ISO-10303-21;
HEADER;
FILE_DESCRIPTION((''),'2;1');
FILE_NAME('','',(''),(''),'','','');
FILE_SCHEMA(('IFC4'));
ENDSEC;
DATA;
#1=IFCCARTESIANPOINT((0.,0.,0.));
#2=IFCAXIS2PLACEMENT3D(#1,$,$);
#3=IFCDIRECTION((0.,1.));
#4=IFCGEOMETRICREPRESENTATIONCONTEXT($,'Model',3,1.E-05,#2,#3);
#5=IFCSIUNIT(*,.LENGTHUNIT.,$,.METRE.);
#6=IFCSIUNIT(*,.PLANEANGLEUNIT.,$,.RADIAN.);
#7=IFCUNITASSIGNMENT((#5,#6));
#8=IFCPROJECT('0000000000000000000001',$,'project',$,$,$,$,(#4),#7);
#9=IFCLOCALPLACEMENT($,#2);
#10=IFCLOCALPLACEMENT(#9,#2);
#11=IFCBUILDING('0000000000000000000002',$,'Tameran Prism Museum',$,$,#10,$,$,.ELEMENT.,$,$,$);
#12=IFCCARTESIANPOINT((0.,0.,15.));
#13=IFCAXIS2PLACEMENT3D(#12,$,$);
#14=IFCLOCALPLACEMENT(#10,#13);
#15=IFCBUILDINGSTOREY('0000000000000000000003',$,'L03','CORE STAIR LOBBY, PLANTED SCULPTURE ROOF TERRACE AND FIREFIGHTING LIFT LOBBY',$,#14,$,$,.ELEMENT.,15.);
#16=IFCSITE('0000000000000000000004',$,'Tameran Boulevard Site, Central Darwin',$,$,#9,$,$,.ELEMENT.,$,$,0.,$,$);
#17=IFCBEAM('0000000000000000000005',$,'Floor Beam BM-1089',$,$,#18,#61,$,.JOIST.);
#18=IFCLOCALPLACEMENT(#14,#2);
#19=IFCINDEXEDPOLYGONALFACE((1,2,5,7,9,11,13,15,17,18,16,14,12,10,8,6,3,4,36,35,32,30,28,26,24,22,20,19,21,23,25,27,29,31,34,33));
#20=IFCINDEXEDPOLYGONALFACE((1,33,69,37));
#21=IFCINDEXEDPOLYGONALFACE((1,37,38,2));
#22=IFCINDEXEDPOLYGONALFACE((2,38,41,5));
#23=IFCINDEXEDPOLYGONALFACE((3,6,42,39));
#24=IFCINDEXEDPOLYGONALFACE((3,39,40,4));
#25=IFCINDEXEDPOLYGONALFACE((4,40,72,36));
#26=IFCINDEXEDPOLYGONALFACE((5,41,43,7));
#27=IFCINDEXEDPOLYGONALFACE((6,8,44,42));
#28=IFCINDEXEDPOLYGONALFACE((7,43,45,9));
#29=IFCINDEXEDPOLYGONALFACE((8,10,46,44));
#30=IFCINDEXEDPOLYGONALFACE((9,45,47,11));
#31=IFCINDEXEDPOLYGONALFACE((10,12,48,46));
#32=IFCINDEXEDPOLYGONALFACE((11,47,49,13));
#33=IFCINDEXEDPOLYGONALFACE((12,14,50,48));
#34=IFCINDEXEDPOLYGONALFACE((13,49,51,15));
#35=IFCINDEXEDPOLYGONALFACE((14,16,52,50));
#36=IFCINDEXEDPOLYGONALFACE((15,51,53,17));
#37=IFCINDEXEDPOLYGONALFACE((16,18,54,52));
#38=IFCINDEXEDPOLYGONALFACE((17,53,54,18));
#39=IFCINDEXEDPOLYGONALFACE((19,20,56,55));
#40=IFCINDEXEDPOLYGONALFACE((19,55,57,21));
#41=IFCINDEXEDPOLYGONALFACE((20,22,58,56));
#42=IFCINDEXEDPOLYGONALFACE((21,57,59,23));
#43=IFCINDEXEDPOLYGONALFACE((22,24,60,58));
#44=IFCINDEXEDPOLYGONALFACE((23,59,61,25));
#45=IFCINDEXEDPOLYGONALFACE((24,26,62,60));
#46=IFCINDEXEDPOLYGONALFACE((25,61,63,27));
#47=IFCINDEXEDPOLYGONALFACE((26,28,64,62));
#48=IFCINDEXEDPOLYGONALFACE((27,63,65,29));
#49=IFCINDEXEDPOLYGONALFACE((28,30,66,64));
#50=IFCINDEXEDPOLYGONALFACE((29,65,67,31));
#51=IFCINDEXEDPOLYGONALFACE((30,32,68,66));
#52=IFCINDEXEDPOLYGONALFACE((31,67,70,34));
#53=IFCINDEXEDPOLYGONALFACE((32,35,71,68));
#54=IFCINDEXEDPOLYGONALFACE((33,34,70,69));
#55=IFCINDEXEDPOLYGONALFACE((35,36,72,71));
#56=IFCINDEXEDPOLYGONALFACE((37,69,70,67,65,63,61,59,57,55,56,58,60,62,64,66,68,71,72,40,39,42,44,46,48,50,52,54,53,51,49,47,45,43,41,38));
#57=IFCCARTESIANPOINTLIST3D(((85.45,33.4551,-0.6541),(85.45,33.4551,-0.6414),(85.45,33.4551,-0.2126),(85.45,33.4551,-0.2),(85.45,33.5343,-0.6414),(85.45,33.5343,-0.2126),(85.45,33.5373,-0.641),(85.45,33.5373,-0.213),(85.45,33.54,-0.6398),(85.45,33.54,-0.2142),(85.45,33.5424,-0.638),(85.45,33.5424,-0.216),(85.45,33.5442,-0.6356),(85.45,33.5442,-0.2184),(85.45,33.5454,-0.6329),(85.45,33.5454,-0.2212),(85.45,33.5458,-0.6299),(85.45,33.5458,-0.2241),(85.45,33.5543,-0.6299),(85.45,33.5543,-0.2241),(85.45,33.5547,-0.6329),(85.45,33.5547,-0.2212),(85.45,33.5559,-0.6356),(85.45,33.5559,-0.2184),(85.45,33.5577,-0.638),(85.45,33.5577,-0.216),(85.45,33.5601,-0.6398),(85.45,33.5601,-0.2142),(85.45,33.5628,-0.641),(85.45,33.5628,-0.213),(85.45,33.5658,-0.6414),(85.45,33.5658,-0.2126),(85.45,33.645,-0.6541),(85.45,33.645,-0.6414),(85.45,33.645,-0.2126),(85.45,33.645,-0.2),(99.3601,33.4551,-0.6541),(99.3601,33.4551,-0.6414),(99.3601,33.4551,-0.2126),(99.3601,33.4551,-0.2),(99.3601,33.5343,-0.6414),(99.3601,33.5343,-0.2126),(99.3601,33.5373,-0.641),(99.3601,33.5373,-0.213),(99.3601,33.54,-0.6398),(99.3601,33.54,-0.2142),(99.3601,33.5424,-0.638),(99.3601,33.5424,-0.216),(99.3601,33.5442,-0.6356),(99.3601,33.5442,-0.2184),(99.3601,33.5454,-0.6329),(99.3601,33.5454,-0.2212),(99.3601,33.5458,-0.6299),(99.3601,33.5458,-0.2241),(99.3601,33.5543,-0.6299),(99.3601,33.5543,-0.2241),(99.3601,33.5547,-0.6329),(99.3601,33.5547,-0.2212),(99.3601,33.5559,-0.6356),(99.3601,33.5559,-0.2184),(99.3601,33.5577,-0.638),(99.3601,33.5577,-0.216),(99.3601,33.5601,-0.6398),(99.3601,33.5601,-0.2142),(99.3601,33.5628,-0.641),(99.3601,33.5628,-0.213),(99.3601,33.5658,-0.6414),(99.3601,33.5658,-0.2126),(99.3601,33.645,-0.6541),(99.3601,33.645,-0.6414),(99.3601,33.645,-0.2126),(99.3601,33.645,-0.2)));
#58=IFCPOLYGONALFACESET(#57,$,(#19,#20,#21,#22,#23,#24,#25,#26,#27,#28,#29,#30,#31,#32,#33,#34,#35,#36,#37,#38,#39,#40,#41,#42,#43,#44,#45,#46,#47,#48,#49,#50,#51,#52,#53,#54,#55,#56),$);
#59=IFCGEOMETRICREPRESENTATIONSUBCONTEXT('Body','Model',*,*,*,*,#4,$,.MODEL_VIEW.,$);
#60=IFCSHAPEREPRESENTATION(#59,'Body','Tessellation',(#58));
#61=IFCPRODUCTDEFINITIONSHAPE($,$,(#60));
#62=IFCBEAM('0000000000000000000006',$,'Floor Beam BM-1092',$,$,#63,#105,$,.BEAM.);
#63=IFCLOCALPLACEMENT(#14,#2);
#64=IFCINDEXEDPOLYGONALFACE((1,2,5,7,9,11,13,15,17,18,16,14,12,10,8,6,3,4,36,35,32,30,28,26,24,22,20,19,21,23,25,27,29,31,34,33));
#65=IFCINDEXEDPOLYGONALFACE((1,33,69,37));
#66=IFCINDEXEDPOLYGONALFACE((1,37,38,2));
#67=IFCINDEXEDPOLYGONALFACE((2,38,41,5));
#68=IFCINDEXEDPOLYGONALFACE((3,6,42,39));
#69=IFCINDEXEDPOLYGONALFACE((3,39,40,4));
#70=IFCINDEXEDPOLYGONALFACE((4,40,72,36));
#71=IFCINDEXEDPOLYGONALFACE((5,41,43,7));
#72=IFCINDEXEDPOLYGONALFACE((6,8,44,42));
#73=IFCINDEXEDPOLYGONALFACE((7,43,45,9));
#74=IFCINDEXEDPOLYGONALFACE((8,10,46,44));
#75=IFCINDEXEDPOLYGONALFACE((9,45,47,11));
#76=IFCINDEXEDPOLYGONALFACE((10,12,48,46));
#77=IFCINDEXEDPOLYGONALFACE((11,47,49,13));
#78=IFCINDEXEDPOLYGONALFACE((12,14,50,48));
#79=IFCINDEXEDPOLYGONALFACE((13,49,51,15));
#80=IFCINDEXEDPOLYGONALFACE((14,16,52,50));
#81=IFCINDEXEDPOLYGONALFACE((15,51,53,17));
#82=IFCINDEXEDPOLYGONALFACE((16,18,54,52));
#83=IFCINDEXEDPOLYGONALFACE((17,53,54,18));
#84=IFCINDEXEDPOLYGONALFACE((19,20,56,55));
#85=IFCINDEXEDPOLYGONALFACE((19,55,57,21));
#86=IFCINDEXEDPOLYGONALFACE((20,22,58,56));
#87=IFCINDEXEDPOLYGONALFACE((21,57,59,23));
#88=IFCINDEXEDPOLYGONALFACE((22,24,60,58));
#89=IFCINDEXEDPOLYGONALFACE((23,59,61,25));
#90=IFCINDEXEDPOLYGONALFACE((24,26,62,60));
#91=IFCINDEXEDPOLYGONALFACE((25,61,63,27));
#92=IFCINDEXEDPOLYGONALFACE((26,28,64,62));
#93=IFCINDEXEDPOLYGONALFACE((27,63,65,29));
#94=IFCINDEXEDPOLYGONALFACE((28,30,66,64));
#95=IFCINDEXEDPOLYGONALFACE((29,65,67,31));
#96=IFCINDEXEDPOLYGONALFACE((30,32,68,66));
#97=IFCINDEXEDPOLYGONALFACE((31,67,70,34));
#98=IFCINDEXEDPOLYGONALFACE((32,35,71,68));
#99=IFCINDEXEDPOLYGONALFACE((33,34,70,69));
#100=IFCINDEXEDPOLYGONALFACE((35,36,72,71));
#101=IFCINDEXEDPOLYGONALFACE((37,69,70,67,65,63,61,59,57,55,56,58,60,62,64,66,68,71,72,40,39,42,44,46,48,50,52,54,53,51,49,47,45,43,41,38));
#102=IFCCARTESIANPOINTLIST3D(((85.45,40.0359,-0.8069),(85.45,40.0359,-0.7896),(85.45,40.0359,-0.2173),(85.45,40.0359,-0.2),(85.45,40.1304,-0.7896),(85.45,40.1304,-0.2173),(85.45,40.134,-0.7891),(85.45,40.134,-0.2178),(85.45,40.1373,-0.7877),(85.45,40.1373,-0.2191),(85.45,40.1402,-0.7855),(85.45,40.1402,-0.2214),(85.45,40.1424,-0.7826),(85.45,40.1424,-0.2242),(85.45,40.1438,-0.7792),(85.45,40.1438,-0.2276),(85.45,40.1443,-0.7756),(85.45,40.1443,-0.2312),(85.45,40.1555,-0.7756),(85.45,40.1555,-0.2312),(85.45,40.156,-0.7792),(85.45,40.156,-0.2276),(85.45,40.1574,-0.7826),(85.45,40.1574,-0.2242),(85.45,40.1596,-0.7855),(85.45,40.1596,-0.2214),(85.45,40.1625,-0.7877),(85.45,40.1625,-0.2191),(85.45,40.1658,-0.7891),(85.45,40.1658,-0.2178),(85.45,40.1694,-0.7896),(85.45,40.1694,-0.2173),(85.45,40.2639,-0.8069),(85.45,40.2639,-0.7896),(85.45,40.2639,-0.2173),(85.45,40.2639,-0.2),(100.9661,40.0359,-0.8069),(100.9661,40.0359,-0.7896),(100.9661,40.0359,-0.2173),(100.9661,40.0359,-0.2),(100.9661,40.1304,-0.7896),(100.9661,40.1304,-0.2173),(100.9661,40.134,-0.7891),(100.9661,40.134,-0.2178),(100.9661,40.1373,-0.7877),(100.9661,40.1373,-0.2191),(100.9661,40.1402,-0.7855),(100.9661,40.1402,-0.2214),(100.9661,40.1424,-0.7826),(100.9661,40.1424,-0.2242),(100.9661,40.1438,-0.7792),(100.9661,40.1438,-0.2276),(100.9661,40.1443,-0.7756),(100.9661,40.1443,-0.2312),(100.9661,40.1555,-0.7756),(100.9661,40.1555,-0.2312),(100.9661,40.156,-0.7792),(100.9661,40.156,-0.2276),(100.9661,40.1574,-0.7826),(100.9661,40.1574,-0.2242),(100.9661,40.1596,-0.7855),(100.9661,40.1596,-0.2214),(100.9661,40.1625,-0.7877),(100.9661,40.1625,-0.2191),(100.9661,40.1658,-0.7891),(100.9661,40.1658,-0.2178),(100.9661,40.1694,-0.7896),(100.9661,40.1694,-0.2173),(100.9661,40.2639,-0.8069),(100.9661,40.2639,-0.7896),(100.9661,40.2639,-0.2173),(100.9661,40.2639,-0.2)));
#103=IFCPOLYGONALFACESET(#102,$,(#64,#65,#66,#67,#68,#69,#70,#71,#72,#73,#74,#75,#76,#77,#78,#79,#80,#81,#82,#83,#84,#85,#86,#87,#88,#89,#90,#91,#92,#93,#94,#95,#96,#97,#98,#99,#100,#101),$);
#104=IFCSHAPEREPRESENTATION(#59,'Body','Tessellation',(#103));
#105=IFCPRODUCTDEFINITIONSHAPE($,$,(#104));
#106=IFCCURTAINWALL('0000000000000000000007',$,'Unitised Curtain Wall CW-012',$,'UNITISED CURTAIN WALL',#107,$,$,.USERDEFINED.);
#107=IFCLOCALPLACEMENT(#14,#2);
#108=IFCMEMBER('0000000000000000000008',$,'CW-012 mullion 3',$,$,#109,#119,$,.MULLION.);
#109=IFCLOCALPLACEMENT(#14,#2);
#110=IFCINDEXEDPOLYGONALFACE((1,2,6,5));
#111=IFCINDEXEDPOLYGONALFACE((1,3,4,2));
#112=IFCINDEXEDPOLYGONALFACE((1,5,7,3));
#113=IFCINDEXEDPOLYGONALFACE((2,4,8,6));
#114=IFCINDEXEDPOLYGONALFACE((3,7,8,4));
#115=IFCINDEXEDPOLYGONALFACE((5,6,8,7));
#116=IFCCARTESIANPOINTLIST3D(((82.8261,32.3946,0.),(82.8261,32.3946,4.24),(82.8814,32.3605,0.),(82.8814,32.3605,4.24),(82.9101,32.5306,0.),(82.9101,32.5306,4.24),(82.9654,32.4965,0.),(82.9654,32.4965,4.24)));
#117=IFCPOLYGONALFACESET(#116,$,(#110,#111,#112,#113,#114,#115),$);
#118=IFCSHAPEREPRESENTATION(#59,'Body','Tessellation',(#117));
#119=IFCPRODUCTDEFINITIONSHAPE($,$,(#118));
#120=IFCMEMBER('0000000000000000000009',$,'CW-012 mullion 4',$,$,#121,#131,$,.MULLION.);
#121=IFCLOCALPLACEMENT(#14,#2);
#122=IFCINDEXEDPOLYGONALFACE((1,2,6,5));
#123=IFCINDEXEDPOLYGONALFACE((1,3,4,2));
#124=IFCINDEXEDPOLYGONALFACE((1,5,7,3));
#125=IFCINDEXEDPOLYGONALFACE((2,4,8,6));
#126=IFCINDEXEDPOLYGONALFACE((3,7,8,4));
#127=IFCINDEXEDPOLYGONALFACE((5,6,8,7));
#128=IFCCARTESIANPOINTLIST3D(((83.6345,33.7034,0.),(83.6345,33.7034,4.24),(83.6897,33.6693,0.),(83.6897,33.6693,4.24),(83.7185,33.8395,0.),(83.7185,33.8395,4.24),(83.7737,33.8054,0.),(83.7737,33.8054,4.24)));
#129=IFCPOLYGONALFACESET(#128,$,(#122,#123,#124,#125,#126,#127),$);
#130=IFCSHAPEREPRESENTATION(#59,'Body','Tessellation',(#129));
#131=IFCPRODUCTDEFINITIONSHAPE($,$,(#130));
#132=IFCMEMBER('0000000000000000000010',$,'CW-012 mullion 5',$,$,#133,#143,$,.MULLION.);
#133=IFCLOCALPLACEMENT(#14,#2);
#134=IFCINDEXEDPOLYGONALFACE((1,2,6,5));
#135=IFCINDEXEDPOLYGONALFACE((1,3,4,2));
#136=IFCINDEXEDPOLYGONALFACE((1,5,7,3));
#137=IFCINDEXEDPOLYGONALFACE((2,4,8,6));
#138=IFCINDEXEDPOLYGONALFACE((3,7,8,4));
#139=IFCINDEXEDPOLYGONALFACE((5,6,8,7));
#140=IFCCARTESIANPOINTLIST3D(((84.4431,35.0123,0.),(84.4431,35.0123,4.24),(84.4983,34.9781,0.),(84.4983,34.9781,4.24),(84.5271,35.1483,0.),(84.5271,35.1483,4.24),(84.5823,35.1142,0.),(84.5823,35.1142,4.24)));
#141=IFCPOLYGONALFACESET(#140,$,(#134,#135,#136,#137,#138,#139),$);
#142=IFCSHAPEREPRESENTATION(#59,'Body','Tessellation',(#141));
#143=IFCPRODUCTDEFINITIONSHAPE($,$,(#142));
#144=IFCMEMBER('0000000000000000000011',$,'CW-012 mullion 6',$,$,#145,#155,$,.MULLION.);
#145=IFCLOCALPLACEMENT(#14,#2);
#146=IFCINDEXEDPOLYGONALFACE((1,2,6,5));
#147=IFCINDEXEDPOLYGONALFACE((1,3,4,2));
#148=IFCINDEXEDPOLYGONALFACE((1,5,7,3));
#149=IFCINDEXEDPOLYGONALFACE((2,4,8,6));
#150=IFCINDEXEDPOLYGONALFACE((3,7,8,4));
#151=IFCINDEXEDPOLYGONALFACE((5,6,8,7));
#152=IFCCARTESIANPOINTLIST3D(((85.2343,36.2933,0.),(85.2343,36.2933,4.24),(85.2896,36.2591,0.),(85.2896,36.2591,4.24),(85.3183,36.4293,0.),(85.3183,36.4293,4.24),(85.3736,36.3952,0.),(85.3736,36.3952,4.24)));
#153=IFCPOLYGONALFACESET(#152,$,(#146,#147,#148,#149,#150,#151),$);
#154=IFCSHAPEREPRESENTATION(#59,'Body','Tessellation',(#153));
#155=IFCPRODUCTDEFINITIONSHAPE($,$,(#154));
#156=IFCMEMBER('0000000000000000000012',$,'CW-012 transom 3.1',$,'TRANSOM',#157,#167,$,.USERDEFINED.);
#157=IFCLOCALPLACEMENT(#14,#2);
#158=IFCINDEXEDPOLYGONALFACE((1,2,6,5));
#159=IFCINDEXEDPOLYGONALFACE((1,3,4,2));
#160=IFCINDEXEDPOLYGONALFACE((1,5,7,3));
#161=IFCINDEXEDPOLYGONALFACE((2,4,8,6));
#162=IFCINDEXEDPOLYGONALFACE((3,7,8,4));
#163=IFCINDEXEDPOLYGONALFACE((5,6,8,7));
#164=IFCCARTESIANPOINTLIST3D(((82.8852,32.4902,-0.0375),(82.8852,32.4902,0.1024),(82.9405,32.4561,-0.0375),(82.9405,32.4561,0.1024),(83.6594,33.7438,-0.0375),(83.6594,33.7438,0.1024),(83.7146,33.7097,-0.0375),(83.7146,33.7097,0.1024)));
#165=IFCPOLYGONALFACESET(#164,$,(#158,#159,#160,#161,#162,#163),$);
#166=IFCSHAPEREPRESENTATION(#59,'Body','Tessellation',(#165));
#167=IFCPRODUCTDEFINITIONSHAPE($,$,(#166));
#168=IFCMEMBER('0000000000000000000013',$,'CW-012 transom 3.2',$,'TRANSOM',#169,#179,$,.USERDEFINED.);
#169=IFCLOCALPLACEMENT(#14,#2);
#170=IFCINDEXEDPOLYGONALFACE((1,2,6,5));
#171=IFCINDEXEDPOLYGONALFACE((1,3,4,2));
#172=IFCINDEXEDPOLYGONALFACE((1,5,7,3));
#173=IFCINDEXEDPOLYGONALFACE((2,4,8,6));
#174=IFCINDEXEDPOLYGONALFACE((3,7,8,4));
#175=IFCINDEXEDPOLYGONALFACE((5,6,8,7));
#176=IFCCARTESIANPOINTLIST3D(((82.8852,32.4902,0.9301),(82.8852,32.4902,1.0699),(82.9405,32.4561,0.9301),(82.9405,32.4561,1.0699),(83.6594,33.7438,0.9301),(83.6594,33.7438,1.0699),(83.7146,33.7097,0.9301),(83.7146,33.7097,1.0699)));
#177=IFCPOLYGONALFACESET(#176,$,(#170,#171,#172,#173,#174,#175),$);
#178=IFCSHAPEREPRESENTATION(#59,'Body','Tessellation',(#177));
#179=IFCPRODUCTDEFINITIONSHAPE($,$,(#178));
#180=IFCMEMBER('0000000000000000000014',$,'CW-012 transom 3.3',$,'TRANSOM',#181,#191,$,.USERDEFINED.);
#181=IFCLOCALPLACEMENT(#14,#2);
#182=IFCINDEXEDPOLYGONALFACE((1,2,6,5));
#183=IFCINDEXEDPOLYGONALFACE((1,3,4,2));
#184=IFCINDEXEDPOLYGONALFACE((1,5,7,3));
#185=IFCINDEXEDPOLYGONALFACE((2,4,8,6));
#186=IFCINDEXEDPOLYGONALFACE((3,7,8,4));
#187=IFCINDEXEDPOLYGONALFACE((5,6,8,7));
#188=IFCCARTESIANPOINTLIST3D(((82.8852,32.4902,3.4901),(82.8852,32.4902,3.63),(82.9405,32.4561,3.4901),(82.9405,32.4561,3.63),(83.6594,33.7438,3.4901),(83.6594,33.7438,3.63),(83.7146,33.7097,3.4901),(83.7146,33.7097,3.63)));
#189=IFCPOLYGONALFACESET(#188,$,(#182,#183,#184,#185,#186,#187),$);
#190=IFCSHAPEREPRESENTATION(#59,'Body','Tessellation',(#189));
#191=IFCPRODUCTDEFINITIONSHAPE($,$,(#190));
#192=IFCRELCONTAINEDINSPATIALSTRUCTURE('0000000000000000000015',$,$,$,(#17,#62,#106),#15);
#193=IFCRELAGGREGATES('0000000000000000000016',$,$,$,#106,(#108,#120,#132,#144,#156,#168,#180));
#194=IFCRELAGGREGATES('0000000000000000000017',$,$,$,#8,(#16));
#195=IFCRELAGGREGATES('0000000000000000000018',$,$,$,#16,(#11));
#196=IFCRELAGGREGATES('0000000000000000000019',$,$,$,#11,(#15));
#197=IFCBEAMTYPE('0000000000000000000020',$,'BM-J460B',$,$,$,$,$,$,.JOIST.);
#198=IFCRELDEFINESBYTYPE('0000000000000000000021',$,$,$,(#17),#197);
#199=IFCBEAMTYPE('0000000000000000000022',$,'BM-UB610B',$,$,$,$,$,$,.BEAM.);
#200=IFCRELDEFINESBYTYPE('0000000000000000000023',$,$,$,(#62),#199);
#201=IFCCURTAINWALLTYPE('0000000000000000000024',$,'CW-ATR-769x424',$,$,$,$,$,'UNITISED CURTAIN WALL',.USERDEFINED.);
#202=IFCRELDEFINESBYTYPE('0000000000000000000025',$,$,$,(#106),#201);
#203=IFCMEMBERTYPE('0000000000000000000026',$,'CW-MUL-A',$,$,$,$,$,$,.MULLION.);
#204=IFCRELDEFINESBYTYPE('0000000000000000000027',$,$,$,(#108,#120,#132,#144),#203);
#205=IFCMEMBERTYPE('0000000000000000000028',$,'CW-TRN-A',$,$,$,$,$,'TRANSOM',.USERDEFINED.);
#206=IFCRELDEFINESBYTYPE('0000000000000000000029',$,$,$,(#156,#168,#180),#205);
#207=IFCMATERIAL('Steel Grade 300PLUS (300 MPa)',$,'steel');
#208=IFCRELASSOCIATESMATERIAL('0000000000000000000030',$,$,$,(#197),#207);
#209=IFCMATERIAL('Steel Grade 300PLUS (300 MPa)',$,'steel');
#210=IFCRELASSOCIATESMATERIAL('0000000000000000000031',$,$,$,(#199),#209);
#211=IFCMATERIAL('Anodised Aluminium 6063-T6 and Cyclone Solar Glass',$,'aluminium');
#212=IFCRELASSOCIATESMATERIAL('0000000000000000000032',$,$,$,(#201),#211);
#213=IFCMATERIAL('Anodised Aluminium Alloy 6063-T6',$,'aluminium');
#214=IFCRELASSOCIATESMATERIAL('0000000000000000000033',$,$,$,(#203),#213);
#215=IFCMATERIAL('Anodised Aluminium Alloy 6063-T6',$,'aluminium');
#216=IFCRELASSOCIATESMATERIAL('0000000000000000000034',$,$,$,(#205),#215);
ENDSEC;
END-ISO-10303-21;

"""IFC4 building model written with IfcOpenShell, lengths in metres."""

from ifc_helpers import new_model, si_unit, direction, frame, origin, origin_2d, place, context, subcontext, project, spatial, rectangle, i_section, extrude, material, material_profile, profile_set, type_object, element, aggregate, save


model = new_model("IFC4")

# Units and contexts
model_context = context("Model", 3, precision=1e-05, world=origin(), true_north=direction((0.0, 1.0)))
body_context = subcontext(model_context, "Body", "Model", "MODEL_VIEW")
ifc_project = project(units=[si_unit("LENGTHUNIT", "METRE"), si_unit("PLANEANGLEUNIT", "RADIAN")], contexts=[model_context])

# Site, building, storey
site_placement = place(None, origin())
site = spatial("IfcSite", under=ifc_project, at=site_placement, Name="Tameran Boulevard Site, Central Darwin", CompositionType="ELEMENT", RefElevation=0.0)
building_placement = place(site_placement, origin())
building = spatial("IfcBuilding", under=site, at=building_placement, Name="Tameran Prism Museum", CompositionType="ELEMENT")
storey_placement = place(building_placement, frame((0.0, 0.0, 15.0)))
storey = spatial("IfcBuildingStorey", under=building, at=storey_placement, Name="L03", Description="CORE STAIR LOBBY, PLANTED SCULPTURE ROOF TERRACE AND FIREFIGHTING LIFT LOBBY", CompositionType="ELEMENT", Elevation=15.0)

# Beams
ifc_material_1 = material(Name="Steel Grade 300PLUS (300 MPa)", Category="steel")
ifc_material_profile_1 = material_profile(ifc_material_1, i_section(OverallWidth=0.1899, OverallDepth=0.4541, WebThickness=0.0085, FlangeThickness=0.0127, FilletRadius=0.0115, at=origin_2d()))
ifc_profile_set_1 = profile_set([ifc_material_profile_1])
beam_type_1 = type_object("IfcBeamType", Name="BM-J460B", PredefinedType="JOIST", material=ifc_profile_set_1)
beam_1_placement = place(storey_placement, frame((85.45, 33.55, -0.427), z_axis=(1.0, 0.0, 0.0), x_axis=(0.0, 1.0, 0.0)))
element("IfcBeam", 1, at=beam_1_placement, inside=storey, type_object=beam_type_1, Name="Floor Beam BM-1089", PredefinedType="JOIST", context=body_context, shape_type="SweptSolid", body=[
    extrude(i_section(OverallWidth=0.1899, OverallDepth=0.4541, WebThickness=0.0085, FlangeThickness=0.0127, FilletRadius=0.0115, at=origin_2d()), origin(), (0.0, 0.0, 1.0), 13.9102),
])
ifc_material_2 = material(Name="Steel Grade 300PLUS (300 MPa)", Category="steel")
ifc_material_profile_2 = material_profile(ifc_material_2, i_section(OverallWidth=0.228, OverallDepth=0.6069, WebThickness=0.0112, FlangeThickness=0.0173, FilletRadius=0.0139, at=origin_2d()))
ifc_profile_set_2 = profile_set([ifc_material_profile_2])
beam_type_2 = type_object("IfcBeamType", Name="BM-UB610B", PredefinedType="BEAM", material=ifc_profile_set_2)
beam_2_placement = place(storey_placement, frame((85.45, 40.1499, -0.5034), z_axis=(1.0, 0.0, 0.0), x_axis=(0.0, 1.0, 0.0)))
element("IfcBeam", 2, at=beam_2_placement, inside=storey, type_object=beam_type_2, Name="Floor Beam BM-1092", PredefinedType="BEAM", context=body_context, shape_type="SweptSolid", body=[
    extrude(i_section(OverallWidth=0.228, OverallDepth=0.6069, WebThickness=0.0112, FlangeThickness=0.0173, FilletRadius=0.0139, at=origin_2d()), origin(), (0.0, 0.0, 1.0), 15.5161),
])

# Curtain wall, members
ifc_material_3 = material(Name="Anodised Aluminium 6063-T6 and Cyclone Solar Glass", Category="aluminium")
curtain_wall_type = type_object("IfcCurtainWallType", Name="CW-ATR-769x424", ElementType="UNITISED CURTAIN WALL", PredefinedType="USERDEFINED", material=ifc_material_3)
curtain_wall_placement = place(storey_placement, origin())
curtain_wall = element("IfcCurtainWall", 3, at=curtain_wall_placement, inside=storey, type_object=curtain_wall_type, Name="Unitised Curtain Wall CW-012", ObjectType="UNITISED CURTAIN WALL", PredefinedType="USERDEFINED")
ifc_material_4 = material(Name="Anodised Aluminium Alloy 6063-T6", Category="aluminium")
ifc_material_profile_3 = material_profile(ifc_material_4, rectangle(XDim=0.0649, YDim=0.1599, at=origin_2d()))
ifc_profile_set_3 = profile_set([ifc_material_profile_3])
member_type_1 = type_object("IfcMemberType", Name="CW-MUL-A", PredefinedType="MULLION", material=ifc_profile_set_3)
member_1_placement = place(storey_placement, frame((82.8958, 32.4456, 0.0), z_axis=(0.0, 0.0, 1.0), x_axis=(-0.850791, 0.525504, 0.0)))
member_1 = element("IfcMember", 4, at=member_1_placement, type_object=member_type_1, Name="CW-012 mullion 3", PredefinedType="MULLION", context=body_context, shape_type="SweptSolid", body=[
    extrude(rectangle(XDim=0.0649, YDim=0.1599, at=origin_2d()), origin(), (0.0, 0.0, 1.0), 4.24),
])
member_2_placement = place(storey_placement, frame((83.7041, 33.7544, 0.0), z_axis=(0.0, 0.0, 1.0), x_axis=(-0.850791, 0.525504, 0.0)))
member_2 = element("IfcMember", 5, at=member_2_placement, type_object=member_type_1, Name="CW-012 mullion 4", PredefinedType="MULLION", context=body_context, shape_type="SweptSolid", body=[
    extrude(rectangle(XDim=0.0649, YDim=0.1599, at=origin_2d()), origin(), (0.0, 0.0, 1.0), 4.24),
])
member_3_placement = place(storey_placement, frame((84.5127, 35.0632, 0.0), z_axis=(0.0, 0.0, 1.0), x_axis=(-0.850791, 0.525504, 0.0)))
member_3 = element("IfcMember", 6, at=member_3_placement, type_object=member_type_1, Name="CW-012 mullion 5", PredefinedType="MULLION", context=body_context, shape_type="SweptSolid", body=[
    extrude(rectangle(XDim=0.0649, YDim=0.1599, at=origin_2d()), origin(), (0.0, 0.0, 1.0), 4.24),
])
member_4_placement = place(storey_placement, frame((85.304, 36.3442, 0.0), z_axis=(0.0, 0.0, 1.0), x_axis=(-0.850791, 0.525504, 0.0)))
member_4 = element("IfcMember", 7, at=member_4_placement, type_object=member_type_1, Name="CW-012 mullion 6", PredefinedType="MULLION", context=body_context, shape_type="SweptSolid", body=[
    extrude(rectangle(XDim=0.0649, YDim=0.1599, at=origin_2d()), origin(), (0.0, 0.0, 1.0), 4.24),
])
ifc_material_5 = material(Name="Anodised Aluminium Alloy 6063-T6", Category="aluminium")
ifc_material_profile_4 = material_profile(ifc_material_5, rectangle(XDim=0.0649, YDim=0.1399, at=origin_2d()))
ifc_profile_set_4 = profile_set([ifc_material_profile_4])
member_type_2 = type_object("IfcMemberType", Name="CW-TRN-A", ElementType="TRANSOM", PredefinedType="USERDEFINED", material=ifc_profile_set_4)
member_5_placement = place(storey_placement, frame((82.9128, 32.4731, 0.0325), z_axis=(0.525419, 0.850844, 0.0), x_axis=(-0.850844, 0.525419, 0.0)))
member_5 = element("IfcMember", 8, at=member_5_placement, type_object=member_type_2, Name="CW-012 transom 3.1", ObjectType="TRANSOM", PredefinedType="USERDEFINED", context=body_context, shape_type="SweptSolid", body=[
    extrude(rectangle(XDim=0.0649, YDim=0.1399, at=origin_2d()), origin(), (0.0, 0.0, 1.0), 1.4734),
])
member_6_placement = place(storey_placement, frame((82.9128, 32.4731, 1.0), z_axis=(0.525419, 0.850844, 0.0), x_axis=(-0.850844, 0.525419, 0.0)))
member_6 = element("IfcMember", 9, at=member_6_placement, type_object=member_type_2, Name="CW-012 transom 3.2", ObjectType="TRANSOM", PredefinedType="USERDEFINED", context=body_context, shape_type="SweptSolid", body=[
    extrude(rectangle(XDim=0.0649, YDim=0.1399, at=origin_2d()), origin(), (0.0, 0.0, 1.0), 1.4734),
])
member_7_placement = place(storey_placement, frame((82.9128, 32.4731, 3.5601), z_axis=(0.525419, 0.850844, 0.0), x_axis=(-0.850844, 0.525419, 0.0)))
member_7 = element("IfcMember", 10, at=member_7_placement, type_object=member_type_2, Name="CW-012 transom 3.3", ObjectType="TRANSOM", PredefinedType="USERDEFINED", context=body_context, shape_type="SweptSolid", body=[
    extrude(rectangle(XDim=0.0649, YDim=0.1399, at=origin_2d()), origin(), (0.0, 0.0, 1.0), 1.4734),
])
aggregate(curtain_wall, [member_1, member_2, member_3, member_4, member_5, member_6, member_7])

save(model, "model.ifc")
